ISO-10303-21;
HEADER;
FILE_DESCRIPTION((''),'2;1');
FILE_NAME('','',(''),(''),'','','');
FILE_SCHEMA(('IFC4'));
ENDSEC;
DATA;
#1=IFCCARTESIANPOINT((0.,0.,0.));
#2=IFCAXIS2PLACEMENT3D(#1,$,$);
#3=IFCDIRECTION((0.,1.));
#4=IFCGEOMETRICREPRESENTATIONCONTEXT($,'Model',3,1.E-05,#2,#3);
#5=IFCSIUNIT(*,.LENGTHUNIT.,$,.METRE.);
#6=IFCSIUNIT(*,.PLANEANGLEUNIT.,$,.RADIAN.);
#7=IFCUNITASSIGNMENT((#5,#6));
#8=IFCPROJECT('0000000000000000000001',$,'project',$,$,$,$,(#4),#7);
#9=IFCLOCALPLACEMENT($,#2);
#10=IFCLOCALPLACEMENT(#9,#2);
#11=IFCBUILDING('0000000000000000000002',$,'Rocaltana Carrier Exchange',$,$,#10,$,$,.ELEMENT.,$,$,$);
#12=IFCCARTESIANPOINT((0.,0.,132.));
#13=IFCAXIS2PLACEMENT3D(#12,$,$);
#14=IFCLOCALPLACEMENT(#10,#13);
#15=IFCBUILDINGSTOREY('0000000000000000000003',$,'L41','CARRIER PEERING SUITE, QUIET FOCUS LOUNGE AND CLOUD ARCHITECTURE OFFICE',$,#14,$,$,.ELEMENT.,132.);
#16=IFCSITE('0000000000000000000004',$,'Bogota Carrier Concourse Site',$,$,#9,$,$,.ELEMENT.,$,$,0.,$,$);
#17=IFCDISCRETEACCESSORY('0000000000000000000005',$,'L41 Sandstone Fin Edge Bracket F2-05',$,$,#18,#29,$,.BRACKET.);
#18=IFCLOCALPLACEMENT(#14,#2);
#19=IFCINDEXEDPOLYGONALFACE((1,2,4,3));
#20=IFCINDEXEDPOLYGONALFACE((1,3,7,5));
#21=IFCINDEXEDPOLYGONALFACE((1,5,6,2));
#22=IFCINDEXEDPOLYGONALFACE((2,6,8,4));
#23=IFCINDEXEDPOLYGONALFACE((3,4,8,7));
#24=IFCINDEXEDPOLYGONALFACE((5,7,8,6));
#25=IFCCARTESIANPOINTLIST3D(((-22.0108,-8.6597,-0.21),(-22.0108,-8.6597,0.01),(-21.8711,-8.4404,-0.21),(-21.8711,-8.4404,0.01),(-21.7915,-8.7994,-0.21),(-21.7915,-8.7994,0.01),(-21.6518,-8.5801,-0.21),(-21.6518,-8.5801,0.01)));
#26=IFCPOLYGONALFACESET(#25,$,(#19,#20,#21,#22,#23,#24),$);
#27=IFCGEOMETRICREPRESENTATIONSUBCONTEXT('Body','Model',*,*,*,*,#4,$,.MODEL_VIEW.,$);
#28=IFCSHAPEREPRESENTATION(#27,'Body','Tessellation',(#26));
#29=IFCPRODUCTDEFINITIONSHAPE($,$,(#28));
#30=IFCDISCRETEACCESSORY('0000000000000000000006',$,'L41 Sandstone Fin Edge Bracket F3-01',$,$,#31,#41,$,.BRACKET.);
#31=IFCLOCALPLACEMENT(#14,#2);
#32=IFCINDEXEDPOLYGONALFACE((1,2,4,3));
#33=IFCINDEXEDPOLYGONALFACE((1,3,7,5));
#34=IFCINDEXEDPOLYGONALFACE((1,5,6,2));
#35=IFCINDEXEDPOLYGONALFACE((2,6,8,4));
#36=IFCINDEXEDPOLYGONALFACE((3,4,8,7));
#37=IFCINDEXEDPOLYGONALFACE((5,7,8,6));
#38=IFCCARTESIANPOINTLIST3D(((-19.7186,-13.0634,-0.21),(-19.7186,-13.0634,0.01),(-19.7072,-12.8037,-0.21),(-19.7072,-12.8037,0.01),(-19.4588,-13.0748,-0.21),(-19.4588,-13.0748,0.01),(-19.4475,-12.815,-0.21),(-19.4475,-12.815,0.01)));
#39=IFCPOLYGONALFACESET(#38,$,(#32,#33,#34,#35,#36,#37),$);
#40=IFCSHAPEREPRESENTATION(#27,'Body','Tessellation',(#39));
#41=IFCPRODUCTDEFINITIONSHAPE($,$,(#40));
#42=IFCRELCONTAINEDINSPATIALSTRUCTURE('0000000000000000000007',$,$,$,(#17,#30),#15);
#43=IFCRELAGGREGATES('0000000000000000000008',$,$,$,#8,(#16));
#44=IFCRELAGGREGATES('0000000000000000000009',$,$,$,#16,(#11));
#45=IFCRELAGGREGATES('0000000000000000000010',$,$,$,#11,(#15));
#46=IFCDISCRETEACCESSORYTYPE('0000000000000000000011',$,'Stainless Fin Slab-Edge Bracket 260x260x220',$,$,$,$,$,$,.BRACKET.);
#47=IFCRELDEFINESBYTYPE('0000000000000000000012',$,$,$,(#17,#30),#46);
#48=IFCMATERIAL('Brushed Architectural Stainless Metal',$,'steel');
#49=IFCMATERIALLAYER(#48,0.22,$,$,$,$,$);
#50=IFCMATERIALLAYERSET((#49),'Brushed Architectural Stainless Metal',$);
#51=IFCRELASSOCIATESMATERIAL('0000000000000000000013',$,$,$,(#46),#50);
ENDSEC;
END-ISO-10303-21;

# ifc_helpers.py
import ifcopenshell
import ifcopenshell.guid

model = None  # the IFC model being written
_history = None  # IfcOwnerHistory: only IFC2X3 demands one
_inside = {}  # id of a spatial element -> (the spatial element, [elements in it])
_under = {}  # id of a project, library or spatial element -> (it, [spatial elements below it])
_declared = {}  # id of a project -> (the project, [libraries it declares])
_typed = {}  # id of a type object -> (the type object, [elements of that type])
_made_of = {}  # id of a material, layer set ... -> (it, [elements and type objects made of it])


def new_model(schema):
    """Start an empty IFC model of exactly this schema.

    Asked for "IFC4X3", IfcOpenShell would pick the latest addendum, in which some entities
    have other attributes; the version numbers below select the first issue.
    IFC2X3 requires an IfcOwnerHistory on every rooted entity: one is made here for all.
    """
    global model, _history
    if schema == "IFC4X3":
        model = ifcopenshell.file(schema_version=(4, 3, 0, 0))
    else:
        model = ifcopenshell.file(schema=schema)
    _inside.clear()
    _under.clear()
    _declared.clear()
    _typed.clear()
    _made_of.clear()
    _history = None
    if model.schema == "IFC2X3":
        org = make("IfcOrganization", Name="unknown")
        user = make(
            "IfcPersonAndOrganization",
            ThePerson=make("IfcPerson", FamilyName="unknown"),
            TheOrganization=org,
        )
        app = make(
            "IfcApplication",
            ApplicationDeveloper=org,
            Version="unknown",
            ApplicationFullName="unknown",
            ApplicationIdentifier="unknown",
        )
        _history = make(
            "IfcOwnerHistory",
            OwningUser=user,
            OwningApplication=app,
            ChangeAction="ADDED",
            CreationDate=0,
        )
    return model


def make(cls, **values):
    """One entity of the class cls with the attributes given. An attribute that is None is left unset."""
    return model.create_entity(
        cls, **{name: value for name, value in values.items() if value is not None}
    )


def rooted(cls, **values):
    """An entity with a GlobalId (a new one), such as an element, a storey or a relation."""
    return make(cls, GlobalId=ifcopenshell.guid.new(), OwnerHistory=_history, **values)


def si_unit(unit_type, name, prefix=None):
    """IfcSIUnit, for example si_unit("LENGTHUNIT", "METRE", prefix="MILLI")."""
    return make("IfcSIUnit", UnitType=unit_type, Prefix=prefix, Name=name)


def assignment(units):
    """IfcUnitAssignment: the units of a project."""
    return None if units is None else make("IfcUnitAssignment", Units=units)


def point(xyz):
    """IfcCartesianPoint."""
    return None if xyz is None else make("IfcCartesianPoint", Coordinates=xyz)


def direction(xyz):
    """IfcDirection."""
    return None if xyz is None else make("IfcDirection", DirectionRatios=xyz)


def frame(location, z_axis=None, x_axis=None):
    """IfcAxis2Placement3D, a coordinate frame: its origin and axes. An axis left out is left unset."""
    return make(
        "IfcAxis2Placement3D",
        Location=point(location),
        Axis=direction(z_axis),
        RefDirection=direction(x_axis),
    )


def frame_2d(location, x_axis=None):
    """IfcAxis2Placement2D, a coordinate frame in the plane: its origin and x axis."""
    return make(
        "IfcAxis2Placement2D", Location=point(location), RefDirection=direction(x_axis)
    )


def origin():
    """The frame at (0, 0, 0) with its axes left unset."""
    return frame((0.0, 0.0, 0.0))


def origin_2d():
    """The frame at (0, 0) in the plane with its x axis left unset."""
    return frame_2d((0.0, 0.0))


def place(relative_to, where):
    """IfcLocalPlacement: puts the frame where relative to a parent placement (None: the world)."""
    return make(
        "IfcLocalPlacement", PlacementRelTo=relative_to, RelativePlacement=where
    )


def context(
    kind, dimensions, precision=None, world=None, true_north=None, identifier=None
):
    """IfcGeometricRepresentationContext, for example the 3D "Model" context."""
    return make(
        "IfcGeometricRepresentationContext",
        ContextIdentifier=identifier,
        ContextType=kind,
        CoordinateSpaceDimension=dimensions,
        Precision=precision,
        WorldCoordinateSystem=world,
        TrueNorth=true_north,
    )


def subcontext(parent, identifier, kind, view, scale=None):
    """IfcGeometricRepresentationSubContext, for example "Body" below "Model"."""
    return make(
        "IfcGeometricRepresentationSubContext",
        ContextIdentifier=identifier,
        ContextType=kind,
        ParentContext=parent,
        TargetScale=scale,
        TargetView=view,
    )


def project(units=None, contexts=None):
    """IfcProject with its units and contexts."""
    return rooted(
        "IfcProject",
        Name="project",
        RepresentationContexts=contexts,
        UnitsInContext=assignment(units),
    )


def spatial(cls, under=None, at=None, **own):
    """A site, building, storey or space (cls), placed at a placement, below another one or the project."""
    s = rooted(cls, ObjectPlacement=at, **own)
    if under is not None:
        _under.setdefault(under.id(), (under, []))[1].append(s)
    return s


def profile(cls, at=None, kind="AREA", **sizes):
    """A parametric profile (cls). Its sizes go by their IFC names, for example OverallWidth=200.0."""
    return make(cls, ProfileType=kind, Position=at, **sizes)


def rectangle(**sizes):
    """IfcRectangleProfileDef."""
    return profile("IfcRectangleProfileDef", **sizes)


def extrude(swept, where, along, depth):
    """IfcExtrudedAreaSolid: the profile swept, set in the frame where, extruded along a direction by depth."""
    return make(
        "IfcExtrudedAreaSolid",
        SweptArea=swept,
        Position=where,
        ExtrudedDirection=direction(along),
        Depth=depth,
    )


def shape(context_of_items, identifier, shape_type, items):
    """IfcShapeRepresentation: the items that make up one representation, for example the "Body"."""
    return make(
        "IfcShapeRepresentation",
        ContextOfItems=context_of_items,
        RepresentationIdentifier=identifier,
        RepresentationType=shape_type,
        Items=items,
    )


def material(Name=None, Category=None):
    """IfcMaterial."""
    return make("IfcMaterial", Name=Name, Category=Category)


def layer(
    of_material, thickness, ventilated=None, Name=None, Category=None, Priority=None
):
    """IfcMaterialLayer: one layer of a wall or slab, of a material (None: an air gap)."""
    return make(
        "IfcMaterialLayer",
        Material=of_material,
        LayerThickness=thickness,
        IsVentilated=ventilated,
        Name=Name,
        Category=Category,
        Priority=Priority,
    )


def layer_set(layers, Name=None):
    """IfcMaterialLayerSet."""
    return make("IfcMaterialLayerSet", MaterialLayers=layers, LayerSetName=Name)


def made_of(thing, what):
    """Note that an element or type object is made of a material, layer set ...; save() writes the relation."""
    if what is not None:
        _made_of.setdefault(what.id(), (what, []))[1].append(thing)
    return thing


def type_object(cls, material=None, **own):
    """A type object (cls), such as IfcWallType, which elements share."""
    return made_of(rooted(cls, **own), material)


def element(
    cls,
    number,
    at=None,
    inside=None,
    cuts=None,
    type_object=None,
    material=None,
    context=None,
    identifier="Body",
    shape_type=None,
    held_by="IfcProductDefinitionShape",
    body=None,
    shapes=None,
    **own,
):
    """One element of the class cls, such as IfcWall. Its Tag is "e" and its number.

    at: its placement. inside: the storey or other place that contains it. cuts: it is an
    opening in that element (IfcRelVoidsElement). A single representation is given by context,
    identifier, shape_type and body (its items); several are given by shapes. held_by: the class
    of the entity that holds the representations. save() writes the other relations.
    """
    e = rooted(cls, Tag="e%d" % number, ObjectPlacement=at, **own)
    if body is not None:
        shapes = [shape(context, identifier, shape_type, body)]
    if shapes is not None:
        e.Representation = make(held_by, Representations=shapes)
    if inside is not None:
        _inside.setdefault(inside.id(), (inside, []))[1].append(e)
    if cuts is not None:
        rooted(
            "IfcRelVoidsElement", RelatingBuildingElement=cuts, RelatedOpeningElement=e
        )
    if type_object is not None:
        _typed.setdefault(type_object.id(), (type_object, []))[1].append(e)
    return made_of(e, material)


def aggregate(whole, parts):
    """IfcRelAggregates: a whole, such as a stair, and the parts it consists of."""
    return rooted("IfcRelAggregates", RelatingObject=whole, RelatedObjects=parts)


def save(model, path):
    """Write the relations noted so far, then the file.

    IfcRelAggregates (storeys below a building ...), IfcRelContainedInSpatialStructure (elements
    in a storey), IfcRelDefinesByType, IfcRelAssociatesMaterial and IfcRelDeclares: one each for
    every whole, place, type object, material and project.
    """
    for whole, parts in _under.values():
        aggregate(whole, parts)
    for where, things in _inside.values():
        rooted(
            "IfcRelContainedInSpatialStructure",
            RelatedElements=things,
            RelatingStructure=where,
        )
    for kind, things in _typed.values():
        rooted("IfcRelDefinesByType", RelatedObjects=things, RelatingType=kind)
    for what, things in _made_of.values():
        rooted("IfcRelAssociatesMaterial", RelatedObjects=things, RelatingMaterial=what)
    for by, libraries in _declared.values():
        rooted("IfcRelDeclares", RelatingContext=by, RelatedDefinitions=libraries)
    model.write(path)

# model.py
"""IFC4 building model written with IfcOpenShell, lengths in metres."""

from ifc_helpers import new_model, si_unit, direction, frame, origin, origin_2d, place, context, subcontext, project, spatial, rectangle, extrude, material, layer, layer_set, type_object, element, save


model = new_model("IFC4")

# Units and contexts
model_context = context("Model", 3, precision=1e-05, world=origin(), true_north=direction((0.0, 1.0)))
body_context = subcontext(model_context, "Body", "Model", "MODEL_VIEW")
ifc_project = project(units=[si_unit("LENGTHUNIT", "METRE"), si_unit("PLANEANGLEUNIT", "RADIAN")], contexts=[model_context])

# Site, building, storey
site_placement = place(None, origin())
site = spatial("IfcSite", under=ifc_project, at=site_placement, Name="Bogota Carrier Concourse Site", CompositionType="ELEMENT", RefElevation=0.0)
building_placement = place(site_placement, origin())
building = spatial("IfcBuilding", under=site, at=building_placement, Name="Rocaltana Carrier Exchange", CompositionType="ELEMENT")
storey_placement = place(building_placement, frame((0.0, 0.0, 132.0)))
storey = spatial("IfcBuildingStorey", under=building, at=storey_placement, Name="L41", Description="CARRIER PEERING SUITE, QUIET FOCUS LOUNGE AND CLOUD ARCHITECTURE OFFICE", CompositionType="ELEMENT", Elevation=132.0)

# Discrete accessories
ifc_material_1 = material(Name="Brushed Architectural Stainless Metal", Category="steel")
ifc_layer_1 = layer(ifc_material_1, 0.22)
ifc_layer_set_1 = layer_set([ifc_layer_1], Name="Brushed Architectural Stainless Metal")
discrete_accessory_type = type_object("IfcDiscreteAccessoryType", Name="Stainless Fin Slab-Edge Bracket 260x260x220", PredefinedType="BRACKET", material=ifc_layer_set_1)
for number, where, z_axis, x_axis, name in (
    (1, (-21.8313, -8.6199, -0.21), (0.0, 0.0, 1.0), (-0.5373, -0.843391, 0.0), "L41 Sandstone Fin Edge Bracket F2-05"),
    (2, (-19.583, -12.9392, -0.21), (0.0, 0.0, 1.0), (0.999048, -0.043619, 0.0), "L41 Sandstone Fin Edge Bracket F3-01"),
):
    element("IfcDiscreteAccessory", number, at=place(storey_placement, frame(where, z_axis=z_axis, x_axis=x_axis)), inside=storey, type_object=discrete_accessory_type, Name=name, PredefinedType="BRACKET", context=body_context, shape_type="SweptSolid", body=[
        extrude(rectangle(XDim=0.26, YDim=0.26, at=origin_2d()), origin(), (0.0, 0.0, 1.0), 0.22),
    ])

save(model, "model.ifc")
